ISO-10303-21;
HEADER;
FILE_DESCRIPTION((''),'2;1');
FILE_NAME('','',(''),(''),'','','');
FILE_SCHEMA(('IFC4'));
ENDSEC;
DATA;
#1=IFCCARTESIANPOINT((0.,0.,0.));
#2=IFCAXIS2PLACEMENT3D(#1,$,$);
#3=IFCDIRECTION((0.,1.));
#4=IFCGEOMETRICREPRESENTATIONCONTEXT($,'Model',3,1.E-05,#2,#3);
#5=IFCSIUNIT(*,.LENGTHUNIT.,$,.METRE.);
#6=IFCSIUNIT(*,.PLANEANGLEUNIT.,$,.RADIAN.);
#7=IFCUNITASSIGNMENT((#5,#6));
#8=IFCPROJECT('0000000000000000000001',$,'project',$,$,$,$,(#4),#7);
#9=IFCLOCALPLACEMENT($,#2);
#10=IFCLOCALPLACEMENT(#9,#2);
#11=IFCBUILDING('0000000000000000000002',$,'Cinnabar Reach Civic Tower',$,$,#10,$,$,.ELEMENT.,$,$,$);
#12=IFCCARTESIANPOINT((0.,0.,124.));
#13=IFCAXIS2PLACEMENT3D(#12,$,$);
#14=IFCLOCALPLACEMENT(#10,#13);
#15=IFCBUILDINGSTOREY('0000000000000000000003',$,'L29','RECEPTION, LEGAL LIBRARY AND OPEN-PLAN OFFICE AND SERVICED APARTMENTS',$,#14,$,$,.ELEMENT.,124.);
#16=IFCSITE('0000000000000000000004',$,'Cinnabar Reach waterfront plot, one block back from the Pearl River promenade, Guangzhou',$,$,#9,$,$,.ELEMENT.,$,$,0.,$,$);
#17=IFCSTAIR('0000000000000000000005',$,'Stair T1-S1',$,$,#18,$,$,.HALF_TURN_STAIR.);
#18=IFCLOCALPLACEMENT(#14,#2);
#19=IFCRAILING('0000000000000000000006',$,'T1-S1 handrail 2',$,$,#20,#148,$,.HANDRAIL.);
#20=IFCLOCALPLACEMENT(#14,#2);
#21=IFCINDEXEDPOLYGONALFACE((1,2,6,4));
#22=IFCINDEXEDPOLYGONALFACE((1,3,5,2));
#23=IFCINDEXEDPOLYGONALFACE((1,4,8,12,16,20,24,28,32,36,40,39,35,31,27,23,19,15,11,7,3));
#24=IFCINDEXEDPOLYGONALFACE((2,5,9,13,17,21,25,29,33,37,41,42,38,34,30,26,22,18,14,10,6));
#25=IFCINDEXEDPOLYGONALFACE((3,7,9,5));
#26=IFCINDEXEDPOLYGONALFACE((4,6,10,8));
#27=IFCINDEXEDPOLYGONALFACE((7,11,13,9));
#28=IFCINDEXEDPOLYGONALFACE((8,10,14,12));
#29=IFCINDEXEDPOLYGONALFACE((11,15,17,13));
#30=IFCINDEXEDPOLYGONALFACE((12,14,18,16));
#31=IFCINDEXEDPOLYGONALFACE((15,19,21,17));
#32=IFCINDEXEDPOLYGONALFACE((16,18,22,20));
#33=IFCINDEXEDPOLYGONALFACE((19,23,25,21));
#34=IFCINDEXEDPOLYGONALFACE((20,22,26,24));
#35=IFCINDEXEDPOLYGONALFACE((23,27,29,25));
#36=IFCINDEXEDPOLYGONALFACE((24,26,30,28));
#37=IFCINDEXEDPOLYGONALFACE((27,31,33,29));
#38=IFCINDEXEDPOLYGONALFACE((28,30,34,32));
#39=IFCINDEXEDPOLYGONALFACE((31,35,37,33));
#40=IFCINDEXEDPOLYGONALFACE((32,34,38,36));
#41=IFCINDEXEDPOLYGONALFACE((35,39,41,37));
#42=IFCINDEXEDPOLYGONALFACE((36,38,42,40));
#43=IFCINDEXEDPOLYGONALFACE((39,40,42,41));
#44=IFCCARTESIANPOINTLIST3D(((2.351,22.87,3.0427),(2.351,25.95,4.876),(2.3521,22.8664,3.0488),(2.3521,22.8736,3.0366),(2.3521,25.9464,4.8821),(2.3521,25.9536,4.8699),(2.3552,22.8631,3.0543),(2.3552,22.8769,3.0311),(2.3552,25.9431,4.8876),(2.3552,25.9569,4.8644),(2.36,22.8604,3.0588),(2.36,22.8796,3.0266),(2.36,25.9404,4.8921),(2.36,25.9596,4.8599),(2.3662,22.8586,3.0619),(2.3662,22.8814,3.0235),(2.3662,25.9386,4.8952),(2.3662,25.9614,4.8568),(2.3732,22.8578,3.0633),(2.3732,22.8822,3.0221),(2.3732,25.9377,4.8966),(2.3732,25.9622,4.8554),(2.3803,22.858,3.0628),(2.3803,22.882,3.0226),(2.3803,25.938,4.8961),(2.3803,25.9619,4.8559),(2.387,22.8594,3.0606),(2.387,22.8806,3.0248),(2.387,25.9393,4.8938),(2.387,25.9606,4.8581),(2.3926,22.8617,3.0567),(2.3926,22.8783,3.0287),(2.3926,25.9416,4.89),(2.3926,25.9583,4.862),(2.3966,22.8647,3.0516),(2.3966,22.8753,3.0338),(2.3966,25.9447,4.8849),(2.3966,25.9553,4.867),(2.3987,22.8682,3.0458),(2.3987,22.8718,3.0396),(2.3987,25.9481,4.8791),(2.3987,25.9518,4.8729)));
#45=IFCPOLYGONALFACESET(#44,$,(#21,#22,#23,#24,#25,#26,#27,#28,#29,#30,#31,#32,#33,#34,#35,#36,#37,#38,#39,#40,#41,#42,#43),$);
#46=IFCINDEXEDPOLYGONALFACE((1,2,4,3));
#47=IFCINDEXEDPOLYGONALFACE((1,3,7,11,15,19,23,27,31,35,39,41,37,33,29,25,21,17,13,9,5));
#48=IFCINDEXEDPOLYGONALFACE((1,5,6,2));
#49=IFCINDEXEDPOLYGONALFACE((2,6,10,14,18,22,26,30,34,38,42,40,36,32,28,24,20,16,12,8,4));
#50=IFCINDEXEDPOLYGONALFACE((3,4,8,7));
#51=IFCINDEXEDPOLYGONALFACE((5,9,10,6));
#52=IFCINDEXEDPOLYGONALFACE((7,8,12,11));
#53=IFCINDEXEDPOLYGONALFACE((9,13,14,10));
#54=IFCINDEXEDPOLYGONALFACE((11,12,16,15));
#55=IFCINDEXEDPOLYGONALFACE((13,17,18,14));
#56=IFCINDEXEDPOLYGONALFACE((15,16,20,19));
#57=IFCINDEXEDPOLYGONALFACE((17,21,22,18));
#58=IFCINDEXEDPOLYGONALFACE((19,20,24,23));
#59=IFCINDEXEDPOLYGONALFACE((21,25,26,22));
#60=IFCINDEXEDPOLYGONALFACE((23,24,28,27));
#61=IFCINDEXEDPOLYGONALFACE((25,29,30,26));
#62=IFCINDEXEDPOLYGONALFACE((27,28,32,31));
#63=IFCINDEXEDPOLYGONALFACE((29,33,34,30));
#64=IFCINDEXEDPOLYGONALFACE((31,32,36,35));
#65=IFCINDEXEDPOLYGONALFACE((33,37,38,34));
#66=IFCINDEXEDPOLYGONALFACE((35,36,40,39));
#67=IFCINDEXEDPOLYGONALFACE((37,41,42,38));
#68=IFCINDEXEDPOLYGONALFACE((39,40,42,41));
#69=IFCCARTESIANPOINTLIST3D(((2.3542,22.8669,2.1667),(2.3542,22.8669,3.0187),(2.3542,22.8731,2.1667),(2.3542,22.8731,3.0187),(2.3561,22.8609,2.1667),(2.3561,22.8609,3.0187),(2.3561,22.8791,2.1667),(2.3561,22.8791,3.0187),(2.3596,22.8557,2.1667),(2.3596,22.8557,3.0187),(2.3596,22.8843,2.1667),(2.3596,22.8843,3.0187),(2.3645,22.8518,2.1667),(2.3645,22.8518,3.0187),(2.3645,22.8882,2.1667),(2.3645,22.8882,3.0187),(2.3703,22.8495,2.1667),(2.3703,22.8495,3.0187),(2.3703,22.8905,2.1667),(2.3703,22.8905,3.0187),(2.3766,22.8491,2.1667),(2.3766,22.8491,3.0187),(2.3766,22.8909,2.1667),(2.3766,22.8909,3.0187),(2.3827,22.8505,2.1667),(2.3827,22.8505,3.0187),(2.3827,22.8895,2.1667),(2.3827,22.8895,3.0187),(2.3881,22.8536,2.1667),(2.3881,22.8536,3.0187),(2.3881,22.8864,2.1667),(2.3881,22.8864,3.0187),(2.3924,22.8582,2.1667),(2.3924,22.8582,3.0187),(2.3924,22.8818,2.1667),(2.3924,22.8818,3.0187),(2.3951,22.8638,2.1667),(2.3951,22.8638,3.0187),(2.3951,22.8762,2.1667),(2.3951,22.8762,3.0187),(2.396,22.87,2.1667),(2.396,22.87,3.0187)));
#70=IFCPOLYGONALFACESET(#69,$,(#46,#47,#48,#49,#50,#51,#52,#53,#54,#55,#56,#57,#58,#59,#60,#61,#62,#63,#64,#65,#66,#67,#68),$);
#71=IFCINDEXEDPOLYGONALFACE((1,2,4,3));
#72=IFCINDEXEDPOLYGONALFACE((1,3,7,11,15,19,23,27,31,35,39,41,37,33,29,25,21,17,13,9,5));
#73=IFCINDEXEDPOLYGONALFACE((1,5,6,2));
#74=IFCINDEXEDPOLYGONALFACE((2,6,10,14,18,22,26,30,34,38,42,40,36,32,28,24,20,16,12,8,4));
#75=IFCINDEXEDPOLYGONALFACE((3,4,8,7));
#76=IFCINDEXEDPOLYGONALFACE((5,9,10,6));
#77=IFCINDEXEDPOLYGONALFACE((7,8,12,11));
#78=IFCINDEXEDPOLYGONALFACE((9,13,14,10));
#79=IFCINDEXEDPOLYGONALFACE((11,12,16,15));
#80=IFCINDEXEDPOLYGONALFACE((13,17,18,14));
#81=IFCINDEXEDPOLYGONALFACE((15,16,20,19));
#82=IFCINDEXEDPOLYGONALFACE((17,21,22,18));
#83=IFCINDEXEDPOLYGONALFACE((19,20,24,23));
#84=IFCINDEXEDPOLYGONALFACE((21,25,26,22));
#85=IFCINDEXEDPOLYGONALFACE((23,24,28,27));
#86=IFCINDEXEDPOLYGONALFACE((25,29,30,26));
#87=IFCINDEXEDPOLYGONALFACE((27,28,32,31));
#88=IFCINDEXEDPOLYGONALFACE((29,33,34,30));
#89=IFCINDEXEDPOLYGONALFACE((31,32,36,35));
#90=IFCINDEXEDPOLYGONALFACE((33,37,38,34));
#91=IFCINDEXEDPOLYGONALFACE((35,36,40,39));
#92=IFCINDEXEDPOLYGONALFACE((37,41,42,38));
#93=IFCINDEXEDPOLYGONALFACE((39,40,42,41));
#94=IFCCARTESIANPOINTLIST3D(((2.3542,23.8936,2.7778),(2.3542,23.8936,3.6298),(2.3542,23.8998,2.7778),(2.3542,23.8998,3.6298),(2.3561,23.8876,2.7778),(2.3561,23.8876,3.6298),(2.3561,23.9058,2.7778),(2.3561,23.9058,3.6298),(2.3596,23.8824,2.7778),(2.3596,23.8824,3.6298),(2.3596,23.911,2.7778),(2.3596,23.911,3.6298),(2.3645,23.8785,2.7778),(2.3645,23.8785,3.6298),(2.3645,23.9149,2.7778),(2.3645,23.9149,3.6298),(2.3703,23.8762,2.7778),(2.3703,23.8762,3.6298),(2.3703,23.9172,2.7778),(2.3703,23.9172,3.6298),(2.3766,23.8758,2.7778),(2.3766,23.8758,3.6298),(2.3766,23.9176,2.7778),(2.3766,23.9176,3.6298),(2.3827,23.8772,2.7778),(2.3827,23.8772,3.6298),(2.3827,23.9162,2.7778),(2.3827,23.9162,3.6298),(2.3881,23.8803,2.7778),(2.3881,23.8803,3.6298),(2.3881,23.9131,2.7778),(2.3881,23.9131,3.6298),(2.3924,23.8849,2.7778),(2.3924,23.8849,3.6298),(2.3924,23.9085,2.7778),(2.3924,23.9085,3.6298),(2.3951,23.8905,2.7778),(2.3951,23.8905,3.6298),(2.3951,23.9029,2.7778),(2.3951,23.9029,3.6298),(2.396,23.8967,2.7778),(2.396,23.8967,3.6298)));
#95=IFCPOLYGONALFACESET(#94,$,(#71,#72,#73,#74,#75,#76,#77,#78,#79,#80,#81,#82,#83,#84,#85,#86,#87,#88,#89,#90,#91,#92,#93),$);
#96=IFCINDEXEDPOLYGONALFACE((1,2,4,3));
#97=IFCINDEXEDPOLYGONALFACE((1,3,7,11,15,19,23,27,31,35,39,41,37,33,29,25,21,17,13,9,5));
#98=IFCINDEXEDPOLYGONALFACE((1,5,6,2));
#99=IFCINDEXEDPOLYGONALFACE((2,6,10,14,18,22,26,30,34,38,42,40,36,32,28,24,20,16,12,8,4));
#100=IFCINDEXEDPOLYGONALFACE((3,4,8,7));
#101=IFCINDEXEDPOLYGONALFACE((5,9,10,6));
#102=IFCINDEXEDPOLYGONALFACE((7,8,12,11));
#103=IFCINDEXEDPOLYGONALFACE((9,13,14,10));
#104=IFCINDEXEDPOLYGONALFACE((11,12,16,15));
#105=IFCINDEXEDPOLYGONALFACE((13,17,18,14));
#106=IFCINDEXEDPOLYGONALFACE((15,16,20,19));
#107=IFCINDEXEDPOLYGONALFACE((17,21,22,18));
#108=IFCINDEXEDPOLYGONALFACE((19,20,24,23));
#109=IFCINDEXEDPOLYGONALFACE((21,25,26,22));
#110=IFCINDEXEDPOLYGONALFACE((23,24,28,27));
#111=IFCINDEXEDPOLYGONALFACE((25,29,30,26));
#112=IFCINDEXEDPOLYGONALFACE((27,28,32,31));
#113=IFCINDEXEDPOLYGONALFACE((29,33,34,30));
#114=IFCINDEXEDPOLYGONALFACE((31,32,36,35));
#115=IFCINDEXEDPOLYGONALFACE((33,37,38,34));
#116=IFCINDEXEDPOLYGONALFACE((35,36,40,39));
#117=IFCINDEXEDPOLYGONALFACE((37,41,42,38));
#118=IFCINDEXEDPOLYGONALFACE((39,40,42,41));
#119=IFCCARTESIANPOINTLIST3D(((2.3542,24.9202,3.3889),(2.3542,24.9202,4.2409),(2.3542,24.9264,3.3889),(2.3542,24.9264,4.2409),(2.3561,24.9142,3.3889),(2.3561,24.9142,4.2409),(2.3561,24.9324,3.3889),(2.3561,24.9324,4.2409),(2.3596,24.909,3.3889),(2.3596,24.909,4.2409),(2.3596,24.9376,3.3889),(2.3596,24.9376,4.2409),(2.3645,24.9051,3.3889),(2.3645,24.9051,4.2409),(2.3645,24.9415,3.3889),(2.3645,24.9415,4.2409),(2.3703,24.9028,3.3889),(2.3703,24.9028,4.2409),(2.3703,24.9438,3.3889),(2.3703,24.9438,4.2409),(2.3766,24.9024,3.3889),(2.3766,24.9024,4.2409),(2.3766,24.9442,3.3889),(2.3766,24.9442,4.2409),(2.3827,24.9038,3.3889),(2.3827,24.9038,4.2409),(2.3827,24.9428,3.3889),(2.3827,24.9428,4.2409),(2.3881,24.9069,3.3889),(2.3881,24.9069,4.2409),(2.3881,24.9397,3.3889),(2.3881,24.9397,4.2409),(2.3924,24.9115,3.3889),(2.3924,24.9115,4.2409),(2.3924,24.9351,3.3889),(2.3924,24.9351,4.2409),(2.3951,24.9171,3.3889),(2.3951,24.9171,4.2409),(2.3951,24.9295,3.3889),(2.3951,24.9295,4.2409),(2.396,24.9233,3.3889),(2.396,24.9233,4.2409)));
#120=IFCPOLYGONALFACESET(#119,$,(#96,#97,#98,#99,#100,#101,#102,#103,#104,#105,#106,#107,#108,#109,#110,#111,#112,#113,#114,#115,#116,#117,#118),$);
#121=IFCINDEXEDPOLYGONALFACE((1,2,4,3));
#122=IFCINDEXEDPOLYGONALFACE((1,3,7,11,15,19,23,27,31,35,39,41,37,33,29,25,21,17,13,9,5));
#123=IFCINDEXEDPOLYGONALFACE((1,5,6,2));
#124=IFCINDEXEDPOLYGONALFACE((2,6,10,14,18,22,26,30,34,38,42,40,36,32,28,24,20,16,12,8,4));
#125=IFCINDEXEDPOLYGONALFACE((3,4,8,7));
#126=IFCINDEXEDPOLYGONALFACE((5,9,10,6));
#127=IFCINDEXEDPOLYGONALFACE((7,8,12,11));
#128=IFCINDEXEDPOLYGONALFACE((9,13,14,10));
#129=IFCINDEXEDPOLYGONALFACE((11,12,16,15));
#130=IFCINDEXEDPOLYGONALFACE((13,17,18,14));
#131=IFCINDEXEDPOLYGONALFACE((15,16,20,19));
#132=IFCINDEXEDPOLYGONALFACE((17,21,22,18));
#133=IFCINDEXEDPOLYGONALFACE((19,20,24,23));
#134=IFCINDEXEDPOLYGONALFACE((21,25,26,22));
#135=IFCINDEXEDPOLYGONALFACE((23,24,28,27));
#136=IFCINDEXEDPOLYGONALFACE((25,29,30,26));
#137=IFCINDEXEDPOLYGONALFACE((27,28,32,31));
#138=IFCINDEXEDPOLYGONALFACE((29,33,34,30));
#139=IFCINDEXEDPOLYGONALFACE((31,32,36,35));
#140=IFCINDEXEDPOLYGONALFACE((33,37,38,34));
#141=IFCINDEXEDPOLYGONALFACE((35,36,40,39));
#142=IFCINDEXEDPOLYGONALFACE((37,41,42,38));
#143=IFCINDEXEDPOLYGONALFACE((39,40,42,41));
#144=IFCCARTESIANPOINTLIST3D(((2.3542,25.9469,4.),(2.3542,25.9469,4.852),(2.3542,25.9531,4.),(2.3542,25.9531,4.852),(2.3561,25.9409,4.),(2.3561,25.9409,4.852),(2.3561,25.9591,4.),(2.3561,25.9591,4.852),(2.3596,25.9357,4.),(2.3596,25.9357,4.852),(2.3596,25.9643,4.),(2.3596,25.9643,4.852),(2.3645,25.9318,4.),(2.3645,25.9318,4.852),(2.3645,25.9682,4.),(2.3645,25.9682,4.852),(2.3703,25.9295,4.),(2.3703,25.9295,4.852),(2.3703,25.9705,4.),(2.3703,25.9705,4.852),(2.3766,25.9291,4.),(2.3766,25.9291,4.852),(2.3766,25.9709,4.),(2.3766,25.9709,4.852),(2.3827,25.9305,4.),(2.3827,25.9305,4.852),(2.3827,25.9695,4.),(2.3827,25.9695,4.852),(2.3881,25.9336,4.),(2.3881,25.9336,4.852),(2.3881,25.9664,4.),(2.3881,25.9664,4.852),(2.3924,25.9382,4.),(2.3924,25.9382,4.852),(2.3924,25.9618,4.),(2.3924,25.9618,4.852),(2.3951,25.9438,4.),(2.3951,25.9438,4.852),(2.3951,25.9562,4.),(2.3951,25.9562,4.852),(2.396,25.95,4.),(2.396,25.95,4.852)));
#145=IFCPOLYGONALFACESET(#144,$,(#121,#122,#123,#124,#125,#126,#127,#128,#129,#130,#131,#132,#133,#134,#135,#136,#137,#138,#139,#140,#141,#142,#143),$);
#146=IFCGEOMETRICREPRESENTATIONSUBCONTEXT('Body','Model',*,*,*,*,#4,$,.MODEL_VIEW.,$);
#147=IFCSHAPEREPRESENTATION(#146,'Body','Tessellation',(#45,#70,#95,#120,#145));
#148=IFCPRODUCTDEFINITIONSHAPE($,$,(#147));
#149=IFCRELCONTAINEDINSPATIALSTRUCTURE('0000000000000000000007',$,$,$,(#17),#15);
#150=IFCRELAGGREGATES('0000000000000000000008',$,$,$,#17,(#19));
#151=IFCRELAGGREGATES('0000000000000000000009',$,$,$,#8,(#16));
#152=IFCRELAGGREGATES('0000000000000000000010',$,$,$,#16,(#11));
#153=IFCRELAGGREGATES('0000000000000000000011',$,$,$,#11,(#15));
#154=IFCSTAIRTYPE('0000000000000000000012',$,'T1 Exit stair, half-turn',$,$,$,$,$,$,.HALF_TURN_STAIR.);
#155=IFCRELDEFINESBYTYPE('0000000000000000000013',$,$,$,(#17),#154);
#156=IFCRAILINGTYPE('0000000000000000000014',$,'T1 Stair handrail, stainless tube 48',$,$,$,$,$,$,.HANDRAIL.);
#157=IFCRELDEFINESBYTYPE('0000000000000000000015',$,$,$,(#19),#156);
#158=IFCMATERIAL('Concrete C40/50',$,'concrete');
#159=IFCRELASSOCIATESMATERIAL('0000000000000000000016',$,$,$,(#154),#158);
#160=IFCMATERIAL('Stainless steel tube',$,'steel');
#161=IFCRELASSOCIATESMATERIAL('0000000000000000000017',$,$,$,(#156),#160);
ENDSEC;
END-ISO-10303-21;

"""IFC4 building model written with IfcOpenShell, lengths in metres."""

from ifc_helpers import new_model, si_unit, direction, frame, origin, origin_2d, place, context, subcontext, project, spatial, circle, extrude, material, type_object, element, aggregate, save


model = new_model("IFC4")

# Units and contexts
model_context = context("Model", 3, precision=1e-05, world=origin(), true_north=direction((0.0, 1.0)))
body_context = subcontext(model_context, "Body", "Model", "MODEL_VIEW")
ifc_project = project(units=[si_unit("LENGTHUNIT", "METRE"), si_unit("PLANEANGLEUNIT", "RADIAN")], contexts=[model_context])

# Site, building, storey
site_placement = place(None, origin())
site = spatial("IfcSite", under=ifc_project, at=site_placement, Name="Cinnabar Reach waterfront plot, one block back from the Pearl River promenade, Guangzhou", CompositionType="ELEMENT", RefElevation=0.0)
building_placement = place(site_placement, origin())
building = spatial("IfcBuilding", under=site, at=building_placement, Name="Cinnabar Reach Civic Tower", CompositionType="ELEMENT")
storey_placement = place(building_placement, frame((0.0, 0.0, 124.0)))
storey = spatial("IfcBuildingStorey", under=building, at=storey_placement, Name="L29", Description="RECEPTION, LEGAL LIBRARY AND OPEN-PLAN OFFICE AND SERVICED APARTMENTS", CompositionType="ELEMENT", Elevation=124.0)

# Stair, railing
ifc_material_1 = material(Name="Concrete C40/50", Category="concrete")
stair_type = type_object("IfcStairType", Name="T1 Exit stair, half-turn", PredefinedType="HALF_TURN_STAIR", material=ifc_material_1)
stair_placement = place(storey_placement, origin())
stair = element("IfcStair", 1, at=stair_placement, inside=storey, type_object=stair_type, Name="Stair T1-S1", PredefinedType="HALF_TURN_STAIR")
ifc_material_2 = material(Name="Stainless steel tube", Category="steel")
railing_type = type_object("IfcRailingType", Name="T1 Stair handrail, stainless tube 48", PredefinedType="HANDRAIL", material=ifc_material_2)
railing_placement = place(storey_placement, frame((2.375, 22.87, 2.1667)))
railing = element("IfcRailing", 2, at=railing_placement, type_object=railing_type, Name="T1-S1 handrail 2", PredefinedType="HANDRAIL", context=body_context, shape_type="SweptSolid", body=[
    extrude(circle(Radius=0.024, at=origin_2d()), frame((0.0, 0.0, 0.876), z_axis=(0.0, 0.859297, 0.511477), x_axis=(-1.0, 0.0, 0.0)), (0.0, 0.0, 1.0), 3.5843),
    extrude(circle(Radius=0.021, at=origin_2d()), origin(), (0.0, 0.0, 1.0), 0.852),
    extrude(circle(Radius=0.021, at=origin_2d()), frame((0.0, 1.0267, 0.6111)), (0.0, 0.0, 1.0), 0.852),
    extrude(circle(Radius=0.021, at=origin_2d()), frame((0.0, 2.0533, 1.2222)), (0.0, 0.0, 1.0), 0.852),
    extrude(circle(Radius=0.021, at=origin_2d()), frame((0.0, 3.08, 1.8333)), (0.0, 0.0, 1.0), 0.852),
])
aggregate(stair, [railing])

save(model, "model.ifc")
